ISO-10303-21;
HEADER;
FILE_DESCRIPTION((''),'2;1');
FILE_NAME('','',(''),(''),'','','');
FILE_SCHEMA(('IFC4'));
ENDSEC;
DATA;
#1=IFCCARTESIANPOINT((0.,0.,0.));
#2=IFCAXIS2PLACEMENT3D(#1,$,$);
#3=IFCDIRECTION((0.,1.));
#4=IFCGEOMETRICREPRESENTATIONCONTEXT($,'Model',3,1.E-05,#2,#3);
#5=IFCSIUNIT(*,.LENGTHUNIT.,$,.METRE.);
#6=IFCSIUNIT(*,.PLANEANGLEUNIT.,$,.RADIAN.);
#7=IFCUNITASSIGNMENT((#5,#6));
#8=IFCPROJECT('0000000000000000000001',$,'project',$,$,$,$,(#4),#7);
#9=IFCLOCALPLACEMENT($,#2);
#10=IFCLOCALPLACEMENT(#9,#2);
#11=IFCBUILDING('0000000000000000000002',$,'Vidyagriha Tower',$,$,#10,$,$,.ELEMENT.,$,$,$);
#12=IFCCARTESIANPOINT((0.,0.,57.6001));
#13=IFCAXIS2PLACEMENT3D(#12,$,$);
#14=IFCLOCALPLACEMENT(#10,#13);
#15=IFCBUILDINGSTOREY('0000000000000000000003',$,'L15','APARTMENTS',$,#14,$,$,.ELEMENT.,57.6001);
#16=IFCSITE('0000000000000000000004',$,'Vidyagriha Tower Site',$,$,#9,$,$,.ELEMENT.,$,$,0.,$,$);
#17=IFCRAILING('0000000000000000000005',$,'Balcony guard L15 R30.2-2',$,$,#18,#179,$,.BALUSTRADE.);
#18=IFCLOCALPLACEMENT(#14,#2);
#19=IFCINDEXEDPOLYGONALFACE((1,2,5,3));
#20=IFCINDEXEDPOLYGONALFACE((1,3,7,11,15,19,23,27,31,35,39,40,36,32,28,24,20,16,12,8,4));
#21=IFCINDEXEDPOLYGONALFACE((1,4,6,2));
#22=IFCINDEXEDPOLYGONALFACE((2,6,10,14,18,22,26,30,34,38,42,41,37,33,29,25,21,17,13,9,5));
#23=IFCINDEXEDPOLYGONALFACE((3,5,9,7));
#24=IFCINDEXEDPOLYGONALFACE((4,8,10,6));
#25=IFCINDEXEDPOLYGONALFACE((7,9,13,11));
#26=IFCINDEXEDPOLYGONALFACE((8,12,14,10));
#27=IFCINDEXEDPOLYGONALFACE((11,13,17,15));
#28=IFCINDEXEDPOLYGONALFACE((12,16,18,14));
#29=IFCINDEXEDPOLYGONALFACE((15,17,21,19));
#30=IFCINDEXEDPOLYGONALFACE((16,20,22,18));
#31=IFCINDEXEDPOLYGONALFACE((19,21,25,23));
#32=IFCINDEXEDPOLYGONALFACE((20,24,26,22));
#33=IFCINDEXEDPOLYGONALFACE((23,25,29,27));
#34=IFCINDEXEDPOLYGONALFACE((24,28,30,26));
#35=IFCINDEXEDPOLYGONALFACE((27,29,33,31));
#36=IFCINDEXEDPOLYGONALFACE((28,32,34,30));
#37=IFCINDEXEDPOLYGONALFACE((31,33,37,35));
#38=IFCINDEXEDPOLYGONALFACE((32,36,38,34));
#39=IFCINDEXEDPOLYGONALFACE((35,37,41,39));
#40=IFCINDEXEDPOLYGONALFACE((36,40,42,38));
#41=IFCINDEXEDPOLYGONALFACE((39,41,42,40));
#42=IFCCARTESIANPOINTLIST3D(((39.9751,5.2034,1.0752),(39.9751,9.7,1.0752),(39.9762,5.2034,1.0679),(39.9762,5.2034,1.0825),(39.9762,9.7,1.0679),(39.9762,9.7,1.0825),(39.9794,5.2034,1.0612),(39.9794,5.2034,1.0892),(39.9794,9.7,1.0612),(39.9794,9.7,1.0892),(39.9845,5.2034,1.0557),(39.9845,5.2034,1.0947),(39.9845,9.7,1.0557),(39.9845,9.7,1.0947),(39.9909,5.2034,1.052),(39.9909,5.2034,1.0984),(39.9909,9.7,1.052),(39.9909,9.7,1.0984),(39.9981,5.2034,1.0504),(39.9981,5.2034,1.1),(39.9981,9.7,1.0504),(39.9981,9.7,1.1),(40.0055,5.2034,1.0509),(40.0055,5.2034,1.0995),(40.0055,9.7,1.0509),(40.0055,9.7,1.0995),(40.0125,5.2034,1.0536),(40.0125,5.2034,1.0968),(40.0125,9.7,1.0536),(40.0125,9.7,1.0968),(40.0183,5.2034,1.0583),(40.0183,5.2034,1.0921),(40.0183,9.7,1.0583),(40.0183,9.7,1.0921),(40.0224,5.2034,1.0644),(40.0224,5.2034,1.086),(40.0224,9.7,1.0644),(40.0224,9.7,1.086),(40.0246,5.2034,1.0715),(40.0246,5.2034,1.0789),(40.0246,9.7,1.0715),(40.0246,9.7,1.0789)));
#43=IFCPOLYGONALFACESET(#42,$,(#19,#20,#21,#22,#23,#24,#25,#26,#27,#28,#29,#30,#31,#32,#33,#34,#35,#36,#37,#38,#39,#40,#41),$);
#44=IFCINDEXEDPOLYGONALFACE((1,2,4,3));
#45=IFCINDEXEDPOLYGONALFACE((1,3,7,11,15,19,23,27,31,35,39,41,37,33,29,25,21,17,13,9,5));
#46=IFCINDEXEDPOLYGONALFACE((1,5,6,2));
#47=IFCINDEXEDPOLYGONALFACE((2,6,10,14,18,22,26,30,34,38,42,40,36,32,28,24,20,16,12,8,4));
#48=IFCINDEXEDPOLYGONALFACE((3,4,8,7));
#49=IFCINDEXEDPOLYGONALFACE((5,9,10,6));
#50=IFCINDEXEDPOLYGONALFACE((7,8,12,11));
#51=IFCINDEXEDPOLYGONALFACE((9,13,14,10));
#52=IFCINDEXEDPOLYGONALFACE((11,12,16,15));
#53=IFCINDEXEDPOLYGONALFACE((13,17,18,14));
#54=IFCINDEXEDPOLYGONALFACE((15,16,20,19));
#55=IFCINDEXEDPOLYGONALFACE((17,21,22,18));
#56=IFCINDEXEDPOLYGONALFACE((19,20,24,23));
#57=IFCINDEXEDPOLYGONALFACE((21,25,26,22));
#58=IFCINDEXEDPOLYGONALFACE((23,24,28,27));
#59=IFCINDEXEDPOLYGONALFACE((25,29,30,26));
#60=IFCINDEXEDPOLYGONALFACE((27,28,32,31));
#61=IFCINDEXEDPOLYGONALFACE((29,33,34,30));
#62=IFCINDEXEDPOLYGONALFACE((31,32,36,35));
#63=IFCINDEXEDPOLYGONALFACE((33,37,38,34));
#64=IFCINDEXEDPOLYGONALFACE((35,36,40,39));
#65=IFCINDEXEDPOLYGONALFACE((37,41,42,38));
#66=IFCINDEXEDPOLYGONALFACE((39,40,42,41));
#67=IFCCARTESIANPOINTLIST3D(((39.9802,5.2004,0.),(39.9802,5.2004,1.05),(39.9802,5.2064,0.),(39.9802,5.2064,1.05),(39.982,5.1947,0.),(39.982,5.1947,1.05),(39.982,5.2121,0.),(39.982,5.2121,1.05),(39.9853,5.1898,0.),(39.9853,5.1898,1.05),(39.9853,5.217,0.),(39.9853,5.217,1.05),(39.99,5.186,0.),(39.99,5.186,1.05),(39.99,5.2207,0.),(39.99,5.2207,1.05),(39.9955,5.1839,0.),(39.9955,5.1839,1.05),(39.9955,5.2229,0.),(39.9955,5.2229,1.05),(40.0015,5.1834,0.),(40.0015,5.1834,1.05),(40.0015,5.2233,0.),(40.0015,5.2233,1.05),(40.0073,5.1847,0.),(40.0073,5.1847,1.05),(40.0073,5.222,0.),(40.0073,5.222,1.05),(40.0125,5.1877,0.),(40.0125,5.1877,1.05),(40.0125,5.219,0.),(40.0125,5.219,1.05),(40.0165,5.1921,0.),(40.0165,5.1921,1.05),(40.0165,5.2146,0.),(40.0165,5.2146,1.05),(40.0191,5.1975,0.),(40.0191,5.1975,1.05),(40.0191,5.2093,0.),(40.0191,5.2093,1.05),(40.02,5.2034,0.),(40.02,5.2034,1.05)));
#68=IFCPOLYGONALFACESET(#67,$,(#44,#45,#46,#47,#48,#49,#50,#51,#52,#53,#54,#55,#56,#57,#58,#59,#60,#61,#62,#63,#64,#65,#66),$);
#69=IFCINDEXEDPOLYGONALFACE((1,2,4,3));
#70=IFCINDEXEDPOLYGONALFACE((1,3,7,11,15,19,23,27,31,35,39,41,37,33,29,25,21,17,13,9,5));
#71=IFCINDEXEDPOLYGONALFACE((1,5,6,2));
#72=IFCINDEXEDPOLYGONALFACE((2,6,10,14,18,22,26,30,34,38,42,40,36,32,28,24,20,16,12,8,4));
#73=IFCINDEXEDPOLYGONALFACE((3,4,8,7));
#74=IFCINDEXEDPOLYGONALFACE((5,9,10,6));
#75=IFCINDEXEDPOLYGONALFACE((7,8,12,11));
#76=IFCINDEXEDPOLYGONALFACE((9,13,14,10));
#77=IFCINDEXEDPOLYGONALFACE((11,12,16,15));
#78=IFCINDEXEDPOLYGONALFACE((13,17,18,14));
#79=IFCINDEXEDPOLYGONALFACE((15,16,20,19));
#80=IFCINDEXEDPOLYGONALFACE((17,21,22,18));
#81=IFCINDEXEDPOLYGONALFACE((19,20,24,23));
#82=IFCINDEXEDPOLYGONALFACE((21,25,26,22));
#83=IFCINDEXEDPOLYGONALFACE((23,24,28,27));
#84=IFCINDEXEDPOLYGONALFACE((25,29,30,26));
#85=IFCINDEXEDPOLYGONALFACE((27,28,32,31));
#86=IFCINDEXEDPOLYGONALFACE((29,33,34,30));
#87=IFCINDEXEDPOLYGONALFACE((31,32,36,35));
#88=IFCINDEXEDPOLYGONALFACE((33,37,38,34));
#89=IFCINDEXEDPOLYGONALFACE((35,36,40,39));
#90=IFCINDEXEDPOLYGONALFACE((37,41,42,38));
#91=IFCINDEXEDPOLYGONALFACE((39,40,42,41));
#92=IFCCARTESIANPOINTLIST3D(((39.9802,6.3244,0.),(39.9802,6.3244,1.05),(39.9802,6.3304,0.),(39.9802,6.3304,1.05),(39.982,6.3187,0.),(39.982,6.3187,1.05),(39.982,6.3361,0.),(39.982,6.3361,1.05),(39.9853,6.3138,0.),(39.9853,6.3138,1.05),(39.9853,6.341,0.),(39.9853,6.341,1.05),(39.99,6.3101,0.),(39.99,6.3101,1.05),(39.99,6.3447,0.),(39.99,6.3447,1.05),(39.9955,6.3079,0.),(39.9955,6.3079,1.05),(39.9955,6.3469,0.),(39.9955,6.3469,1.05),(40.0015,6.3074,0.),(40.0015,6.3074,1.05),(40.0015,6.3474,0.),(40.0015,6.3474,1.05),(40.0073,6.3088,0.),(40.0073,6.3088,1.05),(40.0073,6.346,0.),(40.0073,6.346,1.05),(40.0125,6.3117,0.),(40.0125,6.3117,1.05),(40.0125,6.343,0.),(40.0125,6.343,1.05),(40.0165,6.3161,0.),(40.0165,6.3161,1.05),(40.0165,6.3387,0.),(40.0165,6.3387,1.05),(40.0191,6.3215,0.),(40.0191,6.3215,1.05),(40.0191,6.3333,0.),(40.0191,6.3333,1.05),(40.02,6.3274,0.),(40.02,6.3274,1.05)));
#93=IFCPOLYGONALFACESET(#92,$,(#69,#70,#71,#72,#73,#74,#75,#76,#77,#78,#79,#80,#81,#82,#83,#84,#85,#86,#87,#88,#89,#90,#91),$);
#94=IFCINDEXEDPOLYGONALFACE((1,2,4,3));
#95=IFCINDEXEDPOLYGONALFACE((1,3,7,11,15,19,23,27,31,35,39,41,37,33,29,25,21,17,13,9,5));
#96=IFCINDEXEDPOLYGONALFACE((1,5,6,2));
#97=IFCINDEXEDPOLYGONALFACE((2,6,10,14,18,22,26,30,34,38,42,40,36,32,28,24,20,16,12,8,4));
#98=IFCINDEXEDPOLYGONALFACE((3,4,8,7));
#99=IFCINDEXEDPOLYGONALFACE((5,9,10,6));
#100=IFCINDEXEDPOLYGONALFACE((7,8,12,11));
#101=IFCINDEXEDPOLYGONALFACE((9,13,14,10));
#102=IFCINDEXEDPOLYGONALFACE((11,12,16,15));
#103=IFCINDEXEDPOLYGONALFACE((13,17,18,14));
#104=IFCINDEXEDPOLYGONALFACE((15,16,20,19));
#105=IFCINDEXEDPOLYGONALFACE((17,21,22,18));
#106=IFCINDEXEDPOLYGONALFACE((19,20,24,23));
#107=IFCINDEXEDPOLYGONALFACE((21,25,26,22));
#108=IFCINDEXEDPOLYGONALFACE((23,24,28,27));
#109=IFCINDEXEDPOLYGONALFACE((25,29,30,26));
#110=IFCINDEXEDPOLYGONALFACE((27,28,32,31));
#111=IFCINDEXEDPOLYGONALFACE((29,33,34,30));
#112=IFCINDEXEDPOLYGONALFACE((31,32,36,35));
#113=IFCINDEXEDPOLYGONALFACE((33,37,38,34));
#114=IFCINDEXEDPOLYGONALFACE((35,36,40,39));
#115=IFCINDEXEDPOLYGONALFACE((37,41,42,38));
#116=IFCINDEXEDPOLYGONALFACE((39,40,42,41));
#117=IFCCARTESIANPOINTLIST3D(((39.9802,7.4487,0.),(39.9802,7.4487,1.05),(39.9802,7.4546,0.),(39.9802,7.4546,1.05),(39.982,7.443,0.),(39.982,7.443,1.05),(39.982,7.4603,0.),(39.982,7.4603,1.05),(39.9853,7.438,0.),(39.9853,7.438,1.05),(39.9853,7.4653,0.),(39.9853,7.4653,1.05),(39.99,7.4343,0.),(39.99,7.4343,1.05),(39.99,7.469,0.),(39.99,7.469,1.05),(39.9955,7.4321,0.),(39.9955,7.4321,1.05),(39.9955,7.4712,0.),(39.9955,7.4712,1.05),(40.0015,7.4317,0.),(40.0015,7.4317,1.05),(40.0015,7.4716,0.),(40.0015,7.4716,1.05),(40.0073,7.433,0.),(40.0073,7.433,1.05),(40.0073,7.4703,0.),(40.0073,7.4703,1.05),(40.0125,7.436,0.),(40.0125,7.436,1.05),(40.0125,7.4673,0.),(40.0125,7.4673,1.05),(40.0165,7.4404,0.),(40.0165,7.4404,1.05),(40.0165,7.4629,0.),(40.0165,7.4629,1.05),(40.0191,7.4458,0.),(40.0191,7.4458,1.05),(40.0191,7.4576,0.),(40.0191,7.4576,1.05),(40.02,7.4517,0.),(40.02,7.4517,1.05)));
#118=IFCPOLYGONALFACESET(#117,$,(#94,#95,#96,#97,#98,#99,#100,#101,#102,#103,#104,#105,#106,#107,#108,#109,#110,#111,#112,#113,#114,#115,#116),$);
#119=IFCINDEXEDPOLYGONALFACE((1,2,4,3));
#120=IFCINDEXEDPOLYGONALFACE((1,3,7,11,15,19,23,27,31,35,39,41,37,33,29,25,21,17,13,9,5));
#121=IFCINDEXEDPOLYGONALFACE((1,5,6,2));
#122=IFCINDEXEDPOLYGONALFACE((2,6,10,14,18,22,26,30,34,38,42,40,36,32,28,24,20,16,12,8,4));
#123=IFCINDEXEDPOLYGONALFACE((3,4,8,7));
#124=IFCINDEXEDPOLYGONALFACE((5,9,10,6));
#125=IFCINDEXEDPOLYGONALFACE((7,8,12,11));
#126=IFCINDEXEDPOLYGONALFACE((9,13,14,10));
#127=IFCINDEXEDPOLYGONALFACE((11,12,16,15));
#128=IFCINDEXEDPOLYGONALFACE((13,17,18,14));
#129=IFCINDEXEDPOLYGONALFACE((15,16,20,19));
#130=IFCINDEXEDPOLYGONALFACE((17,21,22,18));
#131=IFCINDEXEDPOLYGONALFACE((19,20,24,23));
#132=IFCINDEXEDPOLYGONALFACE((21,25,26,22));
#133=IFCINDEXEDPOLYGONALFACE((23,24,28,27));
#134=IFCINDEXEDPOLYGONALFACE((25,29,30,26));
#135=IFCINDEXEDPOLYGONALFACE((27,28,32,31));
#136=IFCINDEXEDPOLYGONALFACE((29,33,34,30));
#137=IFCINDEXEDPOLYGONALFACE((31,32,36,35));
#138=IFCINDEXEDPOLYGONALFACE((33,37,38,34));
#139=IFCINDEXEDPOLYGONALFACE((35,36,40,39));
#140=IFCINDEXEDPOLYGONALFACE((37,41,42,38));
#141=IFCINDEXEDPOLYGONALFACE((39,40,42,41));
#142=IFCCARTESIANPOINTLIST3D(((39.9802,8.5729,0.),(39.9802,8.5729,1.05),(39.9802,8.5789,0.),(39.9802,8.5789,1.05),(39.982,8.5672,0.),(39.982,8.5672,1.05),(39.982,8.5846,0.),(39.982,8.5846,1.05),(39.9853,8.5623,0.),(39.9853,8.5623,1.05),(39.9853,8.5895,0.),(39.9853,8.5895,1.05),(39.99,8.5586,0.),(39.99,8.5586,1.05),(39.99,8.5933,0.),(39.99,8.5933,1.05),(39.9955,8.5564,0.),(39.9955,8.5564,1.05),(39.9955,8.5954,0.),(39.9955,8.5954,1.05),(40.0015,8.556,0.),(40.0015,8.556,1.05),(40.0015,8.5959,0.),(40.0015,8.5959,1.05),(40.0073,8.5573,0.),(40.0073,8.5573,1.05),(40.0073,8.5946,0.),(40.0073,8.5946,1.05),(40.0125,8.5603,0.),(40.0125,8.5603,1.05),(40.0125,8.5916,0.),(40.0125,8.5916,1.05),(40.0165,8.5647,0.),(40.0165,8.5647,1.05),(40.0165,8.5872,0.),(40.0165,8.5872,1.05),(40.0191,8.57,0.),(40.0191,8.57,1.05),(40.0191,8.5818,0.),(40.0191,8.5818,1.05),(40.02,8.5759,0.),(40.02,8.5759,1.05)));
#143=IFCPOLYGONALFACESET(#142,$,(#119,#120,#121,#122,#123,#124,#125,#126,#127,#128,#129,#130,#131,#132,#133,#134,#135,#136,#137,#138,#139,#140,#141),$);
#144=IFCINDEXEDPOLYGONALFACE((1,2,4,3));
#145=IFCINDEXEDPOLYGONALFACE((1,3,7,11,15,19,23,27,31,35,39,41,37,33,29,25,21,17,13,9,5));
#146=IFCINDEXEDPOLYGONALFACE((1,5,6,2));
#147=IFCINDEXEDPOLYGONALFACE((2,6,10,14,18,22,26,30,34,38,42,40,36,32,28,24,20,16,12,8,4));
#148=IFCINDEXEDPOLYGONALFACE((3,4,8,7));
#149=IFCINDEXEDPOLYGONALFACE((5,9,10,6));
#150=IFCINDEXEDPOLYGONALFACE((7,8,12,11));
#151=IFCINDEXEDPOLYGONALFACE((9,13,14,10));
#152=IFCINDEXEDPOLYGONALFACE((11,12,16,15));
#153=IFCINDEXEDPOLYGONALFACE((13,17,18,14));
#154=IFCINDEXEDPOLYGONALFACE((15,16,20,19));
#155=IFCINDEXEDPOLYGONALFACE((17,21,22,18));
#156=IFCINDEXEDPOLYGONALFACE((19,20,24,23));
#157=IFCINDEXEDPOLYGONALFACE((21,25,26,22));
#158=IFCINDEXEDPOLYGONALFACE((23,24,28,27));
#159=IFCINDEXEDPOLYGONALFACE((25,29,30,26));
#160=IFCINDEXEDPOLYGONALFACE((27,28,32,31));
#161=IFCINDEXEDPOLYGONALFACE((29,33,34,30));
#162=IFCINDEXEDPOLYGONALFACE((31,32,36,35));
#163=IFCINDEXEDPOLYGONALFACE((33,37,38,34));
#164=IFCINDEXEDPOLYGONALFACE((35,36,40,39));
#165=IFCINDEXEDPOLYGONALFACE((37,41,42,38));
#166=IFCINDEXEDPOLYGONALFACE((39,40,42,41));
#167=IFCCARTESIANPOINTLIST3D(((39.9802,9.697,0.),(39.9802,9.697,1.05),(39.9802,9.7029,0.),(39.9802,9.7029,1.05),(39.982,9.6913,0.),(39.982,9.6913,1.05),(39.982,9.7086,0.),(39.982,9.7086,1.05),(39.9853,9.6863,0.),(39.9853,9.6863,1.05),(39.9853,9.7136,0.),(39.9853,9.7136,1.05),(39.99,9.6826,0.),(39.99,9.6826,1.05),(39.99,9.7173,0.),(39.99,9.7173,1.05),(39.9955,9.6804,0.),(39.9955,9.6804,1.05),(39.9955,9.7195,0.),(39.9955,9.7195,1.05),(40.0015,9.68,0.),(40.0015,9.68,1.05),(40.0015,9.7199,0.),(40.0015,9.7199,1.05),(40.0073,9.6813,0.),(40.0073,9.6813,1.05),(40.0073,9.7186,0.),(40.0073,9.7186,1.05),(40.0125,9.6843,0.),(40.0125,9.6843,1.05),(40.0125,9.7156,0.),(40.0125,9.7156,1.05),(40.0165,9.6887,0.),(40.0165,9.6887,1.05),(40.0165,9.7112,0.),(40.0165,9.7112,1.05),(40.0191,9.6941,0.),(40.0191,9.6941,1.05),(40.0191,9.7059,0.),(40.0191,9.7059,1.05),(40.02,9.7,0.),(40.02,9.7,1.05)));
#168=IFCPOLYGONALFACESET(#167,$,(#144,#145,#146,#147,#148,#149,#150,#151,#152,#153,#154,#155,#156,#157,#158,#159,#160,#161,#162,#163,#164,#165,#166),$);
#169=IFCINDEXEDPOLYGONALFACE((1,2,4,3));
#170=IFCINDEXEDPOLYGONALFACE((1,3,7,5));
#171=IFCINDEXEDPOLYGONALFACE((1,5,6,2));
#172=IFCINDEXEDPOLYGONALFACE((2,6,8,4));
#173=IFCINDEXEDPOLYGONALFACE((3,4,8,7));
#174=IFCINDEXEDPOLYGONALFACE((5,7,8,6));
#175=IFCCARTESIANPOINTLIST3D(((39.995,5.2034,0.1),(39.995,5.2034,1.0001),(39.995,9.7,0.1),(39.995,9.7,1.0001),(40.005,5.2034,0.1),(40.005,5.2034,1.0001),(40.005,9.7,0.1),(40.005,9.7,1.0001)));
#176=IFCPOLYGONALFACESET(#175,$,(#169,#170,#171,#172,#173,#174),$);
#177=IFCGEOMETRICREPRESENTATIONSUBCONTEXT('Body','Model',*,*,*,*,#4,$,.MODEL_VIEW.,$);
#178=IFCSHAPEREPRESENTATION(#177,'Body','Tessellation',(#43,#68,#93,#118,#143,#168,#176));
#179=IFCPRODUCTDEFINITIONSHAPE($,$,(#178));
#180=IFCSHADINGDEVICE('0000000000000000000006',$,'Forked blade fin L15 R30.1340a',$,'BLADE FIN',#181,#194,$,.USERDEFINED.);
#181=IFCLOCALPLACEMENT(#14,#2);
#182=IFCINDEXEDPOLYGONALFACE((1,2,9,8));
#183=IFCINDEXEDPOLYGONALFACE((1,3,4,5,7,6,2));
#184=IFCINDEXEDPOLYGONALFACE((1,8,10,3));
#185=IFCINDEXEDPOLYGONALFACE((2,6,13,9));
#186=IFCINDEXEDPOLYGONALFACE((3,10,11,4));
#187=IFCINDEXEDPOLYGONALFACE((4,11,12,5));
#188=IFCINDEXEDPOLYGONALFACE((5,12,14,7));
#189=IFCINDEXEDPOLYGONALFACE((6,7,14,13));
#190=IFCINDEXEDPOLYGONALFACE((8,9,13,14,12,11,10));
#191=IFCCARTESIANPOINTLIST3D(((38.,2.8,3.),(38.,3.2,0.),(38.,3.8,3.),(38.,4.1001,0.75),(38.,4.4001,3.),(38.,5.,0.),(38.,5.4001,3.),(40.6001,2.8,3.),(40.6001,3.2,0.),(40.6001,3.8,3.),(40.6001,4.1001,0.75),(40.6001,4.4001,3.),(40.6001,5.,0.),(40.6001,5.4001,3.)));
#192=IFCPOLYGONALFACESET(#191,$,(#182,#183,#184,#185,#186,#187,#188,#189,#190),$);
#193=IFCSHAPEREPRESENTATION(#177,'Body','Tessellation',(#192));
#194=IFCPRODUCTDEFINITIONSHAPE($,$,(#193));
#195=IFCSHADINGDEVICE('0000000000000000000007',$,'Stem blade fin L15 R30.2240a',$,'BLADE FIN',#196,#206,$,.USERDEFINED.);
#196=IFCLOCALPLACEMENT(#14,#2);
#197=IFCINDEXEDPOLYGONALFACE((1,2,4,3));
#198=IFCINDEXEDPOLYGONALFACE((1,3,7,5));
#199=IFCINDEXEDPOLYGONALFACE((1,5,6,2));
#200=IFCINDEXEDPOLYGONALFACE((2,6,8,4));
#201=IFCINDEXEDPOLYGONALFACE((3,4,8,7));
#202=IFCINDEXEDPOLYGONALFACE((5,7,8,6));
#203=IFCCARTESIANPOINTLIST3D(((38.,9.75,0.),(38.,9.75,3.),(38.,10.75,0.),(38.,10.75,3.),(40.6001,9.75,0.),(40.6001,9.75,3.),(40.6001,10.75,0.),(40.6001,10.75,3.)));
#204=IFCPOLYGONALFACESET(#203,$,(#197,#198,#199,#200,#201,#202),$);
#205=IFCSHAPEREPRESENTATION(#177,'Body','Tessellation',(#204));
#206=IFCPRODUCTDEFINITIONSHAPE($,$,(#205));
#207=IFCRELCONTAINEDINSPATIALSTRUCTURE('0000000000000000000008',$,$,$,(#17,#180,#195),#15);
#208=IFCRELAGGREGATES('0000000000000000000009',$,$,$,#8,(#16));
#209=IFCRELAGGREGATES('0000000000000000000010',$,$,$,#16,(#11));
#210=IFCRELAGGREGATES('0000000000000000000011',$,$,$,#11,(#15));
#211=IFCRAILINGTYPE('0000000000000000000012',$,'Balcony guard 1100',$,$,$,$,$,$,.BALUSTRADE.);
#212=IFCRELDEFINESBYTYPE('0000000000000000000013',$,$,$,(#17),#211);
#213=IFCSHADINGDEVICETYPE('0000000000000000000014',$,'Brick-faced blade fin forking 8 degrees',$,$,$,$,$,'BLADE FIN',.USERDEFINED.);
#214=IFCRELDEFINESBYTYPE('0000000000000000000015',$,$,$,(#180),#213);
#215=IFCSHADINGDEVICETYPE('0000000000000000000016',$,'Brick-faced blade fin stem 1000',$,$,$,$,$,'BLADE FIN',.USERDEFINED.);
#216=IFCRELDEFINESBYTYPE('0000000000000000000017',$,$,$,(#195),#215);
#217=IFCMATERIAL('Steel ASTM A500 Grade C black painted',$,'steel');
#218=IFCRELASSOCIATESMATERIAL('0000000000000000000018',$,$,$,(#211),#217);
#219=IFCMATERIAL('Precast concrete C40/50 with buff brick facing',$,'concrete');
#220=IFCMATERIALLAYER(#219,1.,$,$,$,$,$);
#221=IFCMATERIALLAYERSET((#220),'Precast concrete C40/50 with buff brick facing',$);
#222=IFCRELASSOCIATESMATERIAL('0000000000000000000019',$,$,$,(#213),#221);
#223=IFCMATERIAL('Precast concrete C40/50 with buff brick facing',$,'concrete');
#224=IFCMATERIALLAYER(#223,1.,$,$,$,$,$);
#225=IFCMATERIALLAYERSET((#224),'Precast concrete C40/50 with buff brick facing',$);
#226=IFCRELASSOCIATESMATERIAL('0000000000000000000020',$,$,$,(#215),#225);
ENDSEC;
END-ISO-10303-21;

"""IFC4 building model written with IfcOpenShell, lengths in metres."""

from ifc_helpers import new_model, si_unit, direction, frame, origin, origin_2d, place, context, subcontext, project, spatial, polyline, rectangle, circle, outline, extrude, material, layer, layer_set, type_object, element, save


model = new_model("IFC4")

# Units and contexts
model_context = context("Model", 3, precision=1e-05, world=origin(), true_north=direction((0.0, 1.0)))
body_context = subcontext(model_context, "Body", "Model", "MODEL_VIEW")
ifc_project = project(units=[si_unit("LENGTHUNIT", "METRE"), si_unit("PLANEANGLEUNIT", "RADIAN")], contexts=[model_context])

# Site, building, storey
site_placement = place(None, origin())
site = spatial("IfcSite", under=ifc_project, at=site_placement, Name="Vidyagriha Tower Site", CompositionType="ELEMENT", RefElevation=0.0)
building_placement = place(site_placement, origin())
building = spatial("IfcBuilding", under=site, at=building_placement, Name="Vidyagriha Tower", CompositionType="ELEMENT")
storey_placement = place(building_placement, frame((0.0, 0.0, 57.6001)))
storey = spatial("IfcBuildingStorey", under=building, at=storey_placement, Name="L15", Description="APARTMENTS", CompositionType="ELEMENT", Elevation=57.6001)

# Railing
ifc_material_1 = material(Name="Steel ASTM A500 Grade C black painted", Category="steel")
railing_type_1 = type_object("IfcRailingType", Name="Balcony guard 1100", PredefinedType="BALUSTRADE", material=ifc_material_1)
railing_1_placement = place(storey_placement, frame((40.0, 5.2034, 0.0)))
element("IfcRailing", 1, at=railing_1_placement, inside=storey, type_object=railing_type_1, Name="Balcony guard L15 R30.2-2", PredefinedType="BALUSTRADE", context=body_context, shape_type="SweptSolid", body=[
    extrude(circle(Radius=0.0249, at=origin_2d()), frame((0.0, 0.0, 1.0752), z_axis=(0.0, 1.0, 0.0), x_axis=(-1.0, 0.0, 0.0)), (0.0, 0.0, 1.0), 4.4966),
    extrude(circle(Radius=0.02, at=origin_2d()), origin(), (0.0, 0.0, 1.0), 1.05),
    extrude(circle(Radius=0.02, at=origin_2d()), frame((0.0, 1.124, 0.0)), (0.0, 0.0, 1.0), 1.05),
    extrude(circle(Radius=0.02, at=origin_2d()), frame((0.0, 2.2483, 0.0)), (0.0, 0.0, 1.0), 1.05),
    extrude(circle(Radius=0.02, at=origin_2d()), frame((0.0, 3.3726, 0.0)), (0.0, 0.0, 1.0), 1.05),
    extrude(circle(Radius=0.02, at=origin_2d()), frame((0.0, 4.4966, 0.0)), (0.0, 0.0, 1.0), 1.05),
    extrude(rectangle(XDim=0.01, YDim=0.9001, at=origin_2d()), frame((0.0, 0.0, 0.55), z_axis=(0.0, 1.0, 0.0), x_axis=(-1.0, 0.0, 0.0)), (0.0, 0.0, 1.0), 4.4966),
])

# Shading devices
ifc_material_2 = material(Name="Precast concrete C40/50 with buff brick facing", Category="concrete")
ifc_layer_1 = layer(ifc_material_2, 1.0)
ifc_layer_set_1 = layer_set([ifc_layer_1], Name="Precast concrete C40/50 with buff brick facing")
shading_device_type_1 = type_object("IfcShadingDeviceType", Name="Brick-faced blade fin forking 8 degrees", ElementType="BLADE FIN", PredefinedType="USERDEFINED", material=ifc_layer_set_1)
shading_device_1_placement = place(storey_placement, frame((39.3, 2.8, 0.0), z_axis=(0.0, 0.0, 1.0), x_axis=(0.0, 1.0, 0.0)))
element("IfcShadingDevice", 2, at=shading_device_1_placement, inside=storey, type_object=shading_device_type_1, Name="Forked blade fin L15 R30.1340a", ObjectType="BLADE FIN", PredefinedType="USERDEFINED", context=body_context, shape_type="SweptSolid", body=[
    extrude(outline(polyline([(0.3999, 0.0), (2.2, 0.0), (2.6001, 3.0), (1.6001, 3.0), (1.3, 0.75), (1.0, 3.0), (0.0, 3.0), (0.3999, 0.0)])), frame((0.0, 1.3, 0.0), z_axis=(0.0, -1.0, 0.0), x_axis=(1.0, 0.0, 0.0)), (0.0, 0.0, 1.0), 2.6001),
])
ifc_material_3 = material(Name="Precast concrete C40/50 with buff brick facing", Category="concrete")
ifc_layer_2 = layer(ifc_material_3, 1.0)
ifc_layer_set_2 = layer_set([ifc_layer_2], Name="Precast concrete C40/50 with buff brick facing")
shading_device_type_2 = type_object("IfcShadingDeviceType", Name="Brick-faced blade fin stem 1000", ElementType="BLADE FIN", PredefinedType="USERDEFINED", material=ifc_layer_set_2)
shading_device_2_placement = place(storey_placement, frame((39.3, 9.75, 0.0), z_axis=(0.0, 0.0, 1.0), x_axis=(0.0, 1.0, 0.0)))
element("IfcShadingDevice", 3, at=shading_device_2_placement, inside=storey, type_object=shading_device_type_2, Name="Stem blade fin L15 R30.2240a", ObjectType="BLADE FIN", PredefinedType="USERDEFINED", context=body_context, shape_type="SweptSolid", body=[
    extrude(outline(polyline([(0.0, 0.0), (1.0, 0.0), (1.0, 3.0), (0.0, 3.0), (0.0, 0.0)])), frame((0.0, 1.3, 0.0), z_axis=(0.0, -1.0, 0.0), x_axis=(1.0, 0.0, 0.0)), (0.0, 0.0, 1.0), 2.6001),
])

save(model, "model.ifc")
